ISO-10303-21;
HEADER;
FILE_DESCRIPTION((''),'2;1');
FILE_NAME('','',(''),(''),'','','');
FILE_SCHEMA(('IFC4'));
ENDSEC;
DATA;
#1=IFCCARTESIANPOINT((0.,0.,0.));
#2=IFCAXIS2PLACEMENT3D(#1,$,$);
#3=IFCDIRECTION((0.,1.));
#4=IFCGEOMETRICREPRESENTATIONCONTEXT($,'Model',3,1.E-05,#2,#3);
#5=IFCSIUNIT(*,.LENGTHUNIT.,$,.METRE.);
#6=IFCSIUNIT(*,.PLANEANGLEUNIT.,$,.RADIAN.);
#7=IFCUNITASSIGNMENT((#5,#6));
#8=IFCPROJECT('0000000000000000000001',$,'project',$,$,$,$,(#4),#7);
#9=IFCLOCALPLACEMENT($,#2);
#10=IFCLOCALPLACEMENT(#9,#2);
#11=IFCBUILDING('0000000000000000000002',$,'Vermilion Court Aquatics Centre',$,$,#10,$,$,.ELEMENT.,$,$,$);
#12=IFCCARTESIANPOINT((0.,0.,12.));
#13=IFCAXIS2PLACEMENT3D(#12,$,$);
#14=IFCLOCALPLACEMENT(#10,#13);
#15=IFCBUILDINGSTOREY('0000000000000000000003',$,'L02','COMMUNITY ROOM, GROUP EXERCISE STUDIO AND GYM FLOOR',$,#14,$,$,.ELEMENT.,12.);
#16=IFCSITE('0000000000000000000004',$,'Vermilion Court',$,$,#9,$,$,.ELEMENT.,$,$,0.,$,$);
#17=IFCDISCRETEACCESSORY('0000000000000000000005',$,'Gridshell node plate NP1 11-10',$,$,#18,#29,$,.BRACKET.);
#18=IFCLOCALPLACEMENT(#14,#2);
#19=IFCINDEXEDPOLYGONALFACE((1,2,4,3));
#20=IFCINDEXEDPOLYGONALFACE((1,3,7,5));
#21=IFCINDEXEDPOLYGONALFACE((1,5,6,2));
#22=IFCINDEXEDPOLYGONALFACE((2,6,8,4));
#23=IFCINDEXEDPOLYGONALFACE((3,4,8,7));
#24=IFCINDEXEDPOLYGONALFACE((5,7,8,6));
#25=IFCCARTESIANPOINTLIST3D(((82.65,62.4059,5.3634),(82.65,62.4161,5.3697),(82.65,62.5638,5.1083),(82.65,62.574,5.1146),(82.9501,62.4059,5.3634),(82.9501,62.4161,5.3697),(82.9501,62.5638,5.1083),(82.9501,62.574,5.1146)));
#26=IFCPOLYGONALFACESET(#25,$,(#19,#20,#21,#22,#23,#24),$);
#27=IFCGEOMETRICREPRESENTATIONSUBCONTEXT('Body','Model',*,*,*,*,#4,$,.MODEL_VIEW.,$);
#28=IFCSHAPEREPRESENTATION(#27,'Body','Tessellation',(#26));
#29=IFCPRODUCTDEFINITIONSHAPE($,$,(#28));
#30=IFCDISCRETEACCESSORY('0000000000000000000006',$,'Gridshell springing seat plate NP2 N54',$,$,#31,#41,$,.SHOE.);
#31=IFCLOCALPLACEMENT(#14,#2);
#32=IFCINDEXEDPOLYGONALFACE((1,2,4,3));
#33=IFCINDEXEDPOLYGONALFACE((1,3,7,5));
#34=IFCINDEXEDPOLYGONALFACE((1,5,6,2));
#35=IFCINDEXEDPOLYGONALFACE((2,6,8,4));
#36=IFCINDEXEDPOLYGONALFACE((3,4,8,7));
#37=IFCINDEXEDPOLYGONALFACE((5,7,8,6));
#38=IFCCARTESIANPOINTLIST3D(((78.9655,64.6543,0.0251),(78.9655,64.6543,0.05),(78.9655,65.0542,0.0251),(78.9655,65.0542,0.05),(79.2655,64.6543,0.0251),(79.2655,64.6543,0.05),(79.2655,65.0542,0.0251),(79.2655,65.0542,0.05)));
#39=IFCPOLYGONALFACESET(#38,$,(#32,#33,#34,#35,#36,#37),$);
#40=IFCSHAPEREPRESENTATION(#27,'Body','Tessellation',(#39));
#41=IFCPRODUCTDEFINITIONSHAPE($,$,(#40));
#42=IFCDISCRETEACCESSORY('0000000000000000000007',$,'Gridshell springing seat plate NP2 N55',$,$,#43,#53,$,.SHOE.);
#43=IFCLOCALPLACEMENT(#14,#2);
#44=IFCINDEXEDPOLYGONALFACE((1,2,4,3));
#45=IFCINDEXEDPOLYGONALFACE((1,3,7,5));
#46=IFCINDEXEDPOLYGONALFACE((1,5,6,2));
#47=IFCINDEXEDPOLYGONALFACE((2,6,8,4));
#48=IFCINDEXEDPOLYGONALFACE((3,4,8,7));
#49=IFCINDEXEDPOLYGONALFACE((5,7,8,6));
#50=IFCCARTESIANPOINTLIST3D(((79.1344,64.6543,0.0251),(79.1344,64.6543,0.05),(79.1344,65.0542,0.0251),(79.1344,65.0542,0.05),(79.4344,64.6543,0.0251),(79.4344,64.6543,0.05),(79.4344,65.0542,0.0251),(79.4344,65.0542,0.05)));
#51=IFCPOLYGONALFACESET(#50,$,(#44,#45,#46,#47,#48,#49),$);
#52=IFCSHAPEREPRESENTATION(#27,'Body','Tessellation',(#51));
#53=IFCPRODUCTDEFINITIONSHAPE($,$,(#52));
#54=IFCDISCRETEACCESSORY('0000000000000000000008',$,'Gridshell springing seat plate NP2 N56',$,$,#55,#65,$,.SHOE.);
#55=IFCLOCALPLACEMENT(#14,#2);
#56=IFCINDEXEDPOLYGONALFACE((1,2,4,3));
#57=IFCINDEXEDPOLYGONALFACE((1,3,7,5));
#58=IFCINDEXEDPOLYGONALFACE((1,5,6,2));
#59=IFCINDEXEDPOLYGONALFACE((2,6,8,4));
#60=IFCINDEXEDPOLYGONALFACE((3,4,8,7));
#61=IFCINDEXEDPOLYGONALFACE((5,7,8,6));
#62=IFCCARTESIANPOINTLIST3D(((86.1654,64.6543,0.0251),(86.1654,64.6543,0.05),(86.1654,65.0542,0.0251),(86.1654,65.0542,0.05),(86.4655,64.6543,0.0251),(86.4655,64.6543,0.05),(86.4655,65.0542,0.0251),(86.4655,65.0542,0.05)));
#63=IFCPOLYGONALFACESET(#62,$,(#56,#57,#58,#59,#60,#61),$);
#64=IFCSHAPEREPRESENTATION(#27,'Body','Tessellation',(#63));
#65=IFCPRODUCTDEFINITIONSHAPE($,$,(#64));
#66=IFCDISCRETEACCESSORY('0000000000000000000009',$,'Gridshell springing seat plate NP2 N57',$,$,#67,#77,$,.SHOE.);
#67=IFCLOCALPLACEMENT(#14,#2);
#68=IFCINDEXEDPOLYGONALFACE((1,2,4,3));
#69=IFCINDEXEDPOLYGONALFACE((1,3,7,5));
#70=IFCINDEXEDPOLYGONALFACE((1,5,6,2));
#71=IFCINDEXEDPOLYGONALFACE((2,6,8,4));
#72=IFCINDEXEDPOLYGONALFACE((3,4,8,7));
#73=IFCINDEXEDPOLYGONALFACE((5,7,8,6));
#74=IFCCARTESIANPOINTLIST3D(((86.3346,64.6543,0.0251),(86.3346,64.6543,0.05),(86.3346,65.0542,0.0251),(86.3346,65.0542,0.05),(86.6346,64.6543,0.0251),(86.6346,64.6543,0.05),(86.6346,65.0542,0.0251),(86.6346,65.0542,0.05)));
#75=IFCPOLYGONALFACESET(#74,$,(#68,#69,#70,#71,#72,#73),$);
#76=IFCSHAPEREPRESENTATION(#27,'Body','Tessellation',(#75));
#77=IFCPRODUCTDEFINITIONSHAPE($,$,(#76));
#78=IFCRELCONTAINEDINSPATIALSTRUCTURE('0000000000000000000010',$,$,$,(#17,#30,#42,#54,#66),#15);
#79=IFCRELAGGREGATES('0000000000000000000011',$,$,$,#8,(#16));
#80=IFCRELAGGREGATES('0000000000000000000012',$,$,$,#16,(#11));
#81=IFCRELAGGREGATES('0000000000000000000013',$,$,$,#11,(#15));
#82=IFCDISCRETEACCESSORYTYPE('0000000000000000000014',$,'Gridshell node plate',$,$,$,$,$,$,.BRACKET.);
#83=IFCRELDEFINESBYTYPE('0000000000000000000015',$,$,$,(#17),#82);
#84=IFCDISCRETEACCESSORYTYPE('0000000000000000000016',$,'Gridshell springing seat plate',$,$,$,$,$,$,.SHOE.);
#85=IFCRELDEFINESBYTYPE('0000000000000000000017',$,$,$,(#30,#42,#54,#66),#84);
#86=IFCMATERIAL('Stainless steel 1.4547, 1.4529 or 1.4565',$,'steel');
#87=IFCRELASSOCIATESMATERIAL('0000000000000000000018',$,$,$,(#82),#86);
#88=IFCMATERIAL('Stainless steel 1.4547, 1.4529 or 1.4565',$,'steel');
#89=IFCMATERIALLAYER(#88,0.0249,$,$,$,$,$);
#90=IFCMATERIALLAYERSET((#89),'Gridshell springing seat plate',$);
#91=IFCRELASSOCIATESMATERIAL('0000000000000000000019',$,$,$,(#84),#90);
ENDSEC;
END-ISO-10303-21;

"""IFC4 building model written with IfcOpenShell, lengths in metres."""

from ifc_helpers import new_model, si_unit, direction, frame, origin, origin_2d, place, context, subcontext, project, spatial, rectangle, extrude, material, layer, layer_set, material_profile, profile_set, type_object, element, save


model = new_model("IFC4")

# Units and contexts
model_context = context("Model", 3, precision=1e-05, world=origin(), true_north=direction((0.0, 1.0)))
body_context = subcontext(model_context, "Body", "Model", "MODEL_VIEW")
ifc_project = project(units=[si_unit("LENGTHUNIT", "METRE"), si_unit("PLANEANGLEUNIT", "RADIAN")], contexts=[model_context])

# Site, building, storey
site_placement = place(None, origin())
site = spatial("IfcSite", under=ifc_project, at=site_placement, Name="Vermilion Court", CompositionType="ELEMENT", RefElevation=0.0)
building_placement = place(site_placement, origin())
building = spatial("IfcBuilding", under=site, at=building_placement, Name="Vermilion Court Aquatics Centre", CompositionType="ELEMENT")
storey_placement = place(building_placement, frame((0.0, 0.0, 12.0)))
storey = spatial("IfcBuildingStorey", under=building, at=storey_placement, Name="L02", Description="COMMUNITY ROOM, GROUP EXERCISE STUDIO AND GYM FLOOR", CompositionType="ELEMENT", Elevation=12.0)

# Discrete accessories
ifc_material_1 = material(Name="Stainless steel 1.4547, 1.4529 or 1.4565", Category="steel")
ifc_material_profile_1 = material_profile(ifc_material_1, rectangle(XDim=0.3, YDim=0.3, at=origin_2d()), Name="PL 12 x 300 x 300")
ifc_profile_set_1 = profile_set([ifc_material_profile_1], Name="Stainless steel 1.4547, 1.4529 or 1.4565")
discrete_accessory_type_1 = type_object("IfcDiscreteAccessoryType", Name="Gridshell node plate", PredefinedType="BRACKET", material=ifc_profile_set_1)
for number, where, z_axis, x_axis, name in (
    (1, (82.8, 62.4849, 5.2358), (0.0, 0.850265, 0.526355), (-1.0, 0.0, 0.0), "Gridshell node plate NP1 11-10"),
):
    element("IfcDiscreteAccessory", number, at=place(storey_placement, frame(where, z_axis=z_axis, x_axis=x_axis)), inside=storey, type_object=discrete_accessory_type_1, Name=name, PredefinedType="BRACKET", context=body_context, shape_type="SweptSolid", body=[
        extrude(rectangle(XDim=0.3, YDim=0.3, at=origin_2d()), origin(), (0.0, 0.0, 1.0), 0.012),
    ])
ifc_material_2 = material(Name="Stainless steel 1.4547, 1.4529 or 1.4565", Category="steel")
ifc_layer_1 = layer(ifc_material_2, 0.0249)
ifc_layer_set_1 = layer_set([ifc_layer_1], Name="Gridshell springing seat plate")
discrete_accessory_type_2 = type_object("IfcDiscreteAccessoryType", Name="Gridshell springing seat plate", PredefinedType="SHOE", material=ifc_layer_set_1)
for number, where, z_axis, x_axis, name in (
    (2, (79.1155, 64.8542, 0.0251), (0.0, 0.0, 1.0), (1.0, 0.0, 0.0), "Gridshell springing seat plate NP2 N54"),
    (3, (79.2844, 64.8542, 0.0251), (0.0, 0.0, 1.0), (1.0, 0.0, 0.0), "Gridshell springing seat plate NP2 N55"),
    (4, (86.3154, 64.8542, 0.0251), (0.0, 0.0, 1.0), (1.0, 0.0, 0.0), "Gridshell springing seat plate NP2 N56"),
    (5, (86.4846, 64.8542, 0.0251), (0.0, 0.0, 1.0), (1.0, 0.0, 0.0), "Gridshell springing seat plate NP2 N57"),
):
    element("IfcDiscreteAccessory", number, at=place(storey_placement, frame(where, z_axis=z_axis, x_axis=x_axis)), inside=storey, type_object=discrete_accessory_type_2, Name=name, PredefinedType="SHOE", context=body_context, shape_type="SweptSolid", body=[
        extrude(rectangle(XDim=0.3, YDim=0.3999, at=origin_2d()), origin(), (0.0, 0.0, 1.0), 0.0249),
    ])

save(model, "model.ifc")
